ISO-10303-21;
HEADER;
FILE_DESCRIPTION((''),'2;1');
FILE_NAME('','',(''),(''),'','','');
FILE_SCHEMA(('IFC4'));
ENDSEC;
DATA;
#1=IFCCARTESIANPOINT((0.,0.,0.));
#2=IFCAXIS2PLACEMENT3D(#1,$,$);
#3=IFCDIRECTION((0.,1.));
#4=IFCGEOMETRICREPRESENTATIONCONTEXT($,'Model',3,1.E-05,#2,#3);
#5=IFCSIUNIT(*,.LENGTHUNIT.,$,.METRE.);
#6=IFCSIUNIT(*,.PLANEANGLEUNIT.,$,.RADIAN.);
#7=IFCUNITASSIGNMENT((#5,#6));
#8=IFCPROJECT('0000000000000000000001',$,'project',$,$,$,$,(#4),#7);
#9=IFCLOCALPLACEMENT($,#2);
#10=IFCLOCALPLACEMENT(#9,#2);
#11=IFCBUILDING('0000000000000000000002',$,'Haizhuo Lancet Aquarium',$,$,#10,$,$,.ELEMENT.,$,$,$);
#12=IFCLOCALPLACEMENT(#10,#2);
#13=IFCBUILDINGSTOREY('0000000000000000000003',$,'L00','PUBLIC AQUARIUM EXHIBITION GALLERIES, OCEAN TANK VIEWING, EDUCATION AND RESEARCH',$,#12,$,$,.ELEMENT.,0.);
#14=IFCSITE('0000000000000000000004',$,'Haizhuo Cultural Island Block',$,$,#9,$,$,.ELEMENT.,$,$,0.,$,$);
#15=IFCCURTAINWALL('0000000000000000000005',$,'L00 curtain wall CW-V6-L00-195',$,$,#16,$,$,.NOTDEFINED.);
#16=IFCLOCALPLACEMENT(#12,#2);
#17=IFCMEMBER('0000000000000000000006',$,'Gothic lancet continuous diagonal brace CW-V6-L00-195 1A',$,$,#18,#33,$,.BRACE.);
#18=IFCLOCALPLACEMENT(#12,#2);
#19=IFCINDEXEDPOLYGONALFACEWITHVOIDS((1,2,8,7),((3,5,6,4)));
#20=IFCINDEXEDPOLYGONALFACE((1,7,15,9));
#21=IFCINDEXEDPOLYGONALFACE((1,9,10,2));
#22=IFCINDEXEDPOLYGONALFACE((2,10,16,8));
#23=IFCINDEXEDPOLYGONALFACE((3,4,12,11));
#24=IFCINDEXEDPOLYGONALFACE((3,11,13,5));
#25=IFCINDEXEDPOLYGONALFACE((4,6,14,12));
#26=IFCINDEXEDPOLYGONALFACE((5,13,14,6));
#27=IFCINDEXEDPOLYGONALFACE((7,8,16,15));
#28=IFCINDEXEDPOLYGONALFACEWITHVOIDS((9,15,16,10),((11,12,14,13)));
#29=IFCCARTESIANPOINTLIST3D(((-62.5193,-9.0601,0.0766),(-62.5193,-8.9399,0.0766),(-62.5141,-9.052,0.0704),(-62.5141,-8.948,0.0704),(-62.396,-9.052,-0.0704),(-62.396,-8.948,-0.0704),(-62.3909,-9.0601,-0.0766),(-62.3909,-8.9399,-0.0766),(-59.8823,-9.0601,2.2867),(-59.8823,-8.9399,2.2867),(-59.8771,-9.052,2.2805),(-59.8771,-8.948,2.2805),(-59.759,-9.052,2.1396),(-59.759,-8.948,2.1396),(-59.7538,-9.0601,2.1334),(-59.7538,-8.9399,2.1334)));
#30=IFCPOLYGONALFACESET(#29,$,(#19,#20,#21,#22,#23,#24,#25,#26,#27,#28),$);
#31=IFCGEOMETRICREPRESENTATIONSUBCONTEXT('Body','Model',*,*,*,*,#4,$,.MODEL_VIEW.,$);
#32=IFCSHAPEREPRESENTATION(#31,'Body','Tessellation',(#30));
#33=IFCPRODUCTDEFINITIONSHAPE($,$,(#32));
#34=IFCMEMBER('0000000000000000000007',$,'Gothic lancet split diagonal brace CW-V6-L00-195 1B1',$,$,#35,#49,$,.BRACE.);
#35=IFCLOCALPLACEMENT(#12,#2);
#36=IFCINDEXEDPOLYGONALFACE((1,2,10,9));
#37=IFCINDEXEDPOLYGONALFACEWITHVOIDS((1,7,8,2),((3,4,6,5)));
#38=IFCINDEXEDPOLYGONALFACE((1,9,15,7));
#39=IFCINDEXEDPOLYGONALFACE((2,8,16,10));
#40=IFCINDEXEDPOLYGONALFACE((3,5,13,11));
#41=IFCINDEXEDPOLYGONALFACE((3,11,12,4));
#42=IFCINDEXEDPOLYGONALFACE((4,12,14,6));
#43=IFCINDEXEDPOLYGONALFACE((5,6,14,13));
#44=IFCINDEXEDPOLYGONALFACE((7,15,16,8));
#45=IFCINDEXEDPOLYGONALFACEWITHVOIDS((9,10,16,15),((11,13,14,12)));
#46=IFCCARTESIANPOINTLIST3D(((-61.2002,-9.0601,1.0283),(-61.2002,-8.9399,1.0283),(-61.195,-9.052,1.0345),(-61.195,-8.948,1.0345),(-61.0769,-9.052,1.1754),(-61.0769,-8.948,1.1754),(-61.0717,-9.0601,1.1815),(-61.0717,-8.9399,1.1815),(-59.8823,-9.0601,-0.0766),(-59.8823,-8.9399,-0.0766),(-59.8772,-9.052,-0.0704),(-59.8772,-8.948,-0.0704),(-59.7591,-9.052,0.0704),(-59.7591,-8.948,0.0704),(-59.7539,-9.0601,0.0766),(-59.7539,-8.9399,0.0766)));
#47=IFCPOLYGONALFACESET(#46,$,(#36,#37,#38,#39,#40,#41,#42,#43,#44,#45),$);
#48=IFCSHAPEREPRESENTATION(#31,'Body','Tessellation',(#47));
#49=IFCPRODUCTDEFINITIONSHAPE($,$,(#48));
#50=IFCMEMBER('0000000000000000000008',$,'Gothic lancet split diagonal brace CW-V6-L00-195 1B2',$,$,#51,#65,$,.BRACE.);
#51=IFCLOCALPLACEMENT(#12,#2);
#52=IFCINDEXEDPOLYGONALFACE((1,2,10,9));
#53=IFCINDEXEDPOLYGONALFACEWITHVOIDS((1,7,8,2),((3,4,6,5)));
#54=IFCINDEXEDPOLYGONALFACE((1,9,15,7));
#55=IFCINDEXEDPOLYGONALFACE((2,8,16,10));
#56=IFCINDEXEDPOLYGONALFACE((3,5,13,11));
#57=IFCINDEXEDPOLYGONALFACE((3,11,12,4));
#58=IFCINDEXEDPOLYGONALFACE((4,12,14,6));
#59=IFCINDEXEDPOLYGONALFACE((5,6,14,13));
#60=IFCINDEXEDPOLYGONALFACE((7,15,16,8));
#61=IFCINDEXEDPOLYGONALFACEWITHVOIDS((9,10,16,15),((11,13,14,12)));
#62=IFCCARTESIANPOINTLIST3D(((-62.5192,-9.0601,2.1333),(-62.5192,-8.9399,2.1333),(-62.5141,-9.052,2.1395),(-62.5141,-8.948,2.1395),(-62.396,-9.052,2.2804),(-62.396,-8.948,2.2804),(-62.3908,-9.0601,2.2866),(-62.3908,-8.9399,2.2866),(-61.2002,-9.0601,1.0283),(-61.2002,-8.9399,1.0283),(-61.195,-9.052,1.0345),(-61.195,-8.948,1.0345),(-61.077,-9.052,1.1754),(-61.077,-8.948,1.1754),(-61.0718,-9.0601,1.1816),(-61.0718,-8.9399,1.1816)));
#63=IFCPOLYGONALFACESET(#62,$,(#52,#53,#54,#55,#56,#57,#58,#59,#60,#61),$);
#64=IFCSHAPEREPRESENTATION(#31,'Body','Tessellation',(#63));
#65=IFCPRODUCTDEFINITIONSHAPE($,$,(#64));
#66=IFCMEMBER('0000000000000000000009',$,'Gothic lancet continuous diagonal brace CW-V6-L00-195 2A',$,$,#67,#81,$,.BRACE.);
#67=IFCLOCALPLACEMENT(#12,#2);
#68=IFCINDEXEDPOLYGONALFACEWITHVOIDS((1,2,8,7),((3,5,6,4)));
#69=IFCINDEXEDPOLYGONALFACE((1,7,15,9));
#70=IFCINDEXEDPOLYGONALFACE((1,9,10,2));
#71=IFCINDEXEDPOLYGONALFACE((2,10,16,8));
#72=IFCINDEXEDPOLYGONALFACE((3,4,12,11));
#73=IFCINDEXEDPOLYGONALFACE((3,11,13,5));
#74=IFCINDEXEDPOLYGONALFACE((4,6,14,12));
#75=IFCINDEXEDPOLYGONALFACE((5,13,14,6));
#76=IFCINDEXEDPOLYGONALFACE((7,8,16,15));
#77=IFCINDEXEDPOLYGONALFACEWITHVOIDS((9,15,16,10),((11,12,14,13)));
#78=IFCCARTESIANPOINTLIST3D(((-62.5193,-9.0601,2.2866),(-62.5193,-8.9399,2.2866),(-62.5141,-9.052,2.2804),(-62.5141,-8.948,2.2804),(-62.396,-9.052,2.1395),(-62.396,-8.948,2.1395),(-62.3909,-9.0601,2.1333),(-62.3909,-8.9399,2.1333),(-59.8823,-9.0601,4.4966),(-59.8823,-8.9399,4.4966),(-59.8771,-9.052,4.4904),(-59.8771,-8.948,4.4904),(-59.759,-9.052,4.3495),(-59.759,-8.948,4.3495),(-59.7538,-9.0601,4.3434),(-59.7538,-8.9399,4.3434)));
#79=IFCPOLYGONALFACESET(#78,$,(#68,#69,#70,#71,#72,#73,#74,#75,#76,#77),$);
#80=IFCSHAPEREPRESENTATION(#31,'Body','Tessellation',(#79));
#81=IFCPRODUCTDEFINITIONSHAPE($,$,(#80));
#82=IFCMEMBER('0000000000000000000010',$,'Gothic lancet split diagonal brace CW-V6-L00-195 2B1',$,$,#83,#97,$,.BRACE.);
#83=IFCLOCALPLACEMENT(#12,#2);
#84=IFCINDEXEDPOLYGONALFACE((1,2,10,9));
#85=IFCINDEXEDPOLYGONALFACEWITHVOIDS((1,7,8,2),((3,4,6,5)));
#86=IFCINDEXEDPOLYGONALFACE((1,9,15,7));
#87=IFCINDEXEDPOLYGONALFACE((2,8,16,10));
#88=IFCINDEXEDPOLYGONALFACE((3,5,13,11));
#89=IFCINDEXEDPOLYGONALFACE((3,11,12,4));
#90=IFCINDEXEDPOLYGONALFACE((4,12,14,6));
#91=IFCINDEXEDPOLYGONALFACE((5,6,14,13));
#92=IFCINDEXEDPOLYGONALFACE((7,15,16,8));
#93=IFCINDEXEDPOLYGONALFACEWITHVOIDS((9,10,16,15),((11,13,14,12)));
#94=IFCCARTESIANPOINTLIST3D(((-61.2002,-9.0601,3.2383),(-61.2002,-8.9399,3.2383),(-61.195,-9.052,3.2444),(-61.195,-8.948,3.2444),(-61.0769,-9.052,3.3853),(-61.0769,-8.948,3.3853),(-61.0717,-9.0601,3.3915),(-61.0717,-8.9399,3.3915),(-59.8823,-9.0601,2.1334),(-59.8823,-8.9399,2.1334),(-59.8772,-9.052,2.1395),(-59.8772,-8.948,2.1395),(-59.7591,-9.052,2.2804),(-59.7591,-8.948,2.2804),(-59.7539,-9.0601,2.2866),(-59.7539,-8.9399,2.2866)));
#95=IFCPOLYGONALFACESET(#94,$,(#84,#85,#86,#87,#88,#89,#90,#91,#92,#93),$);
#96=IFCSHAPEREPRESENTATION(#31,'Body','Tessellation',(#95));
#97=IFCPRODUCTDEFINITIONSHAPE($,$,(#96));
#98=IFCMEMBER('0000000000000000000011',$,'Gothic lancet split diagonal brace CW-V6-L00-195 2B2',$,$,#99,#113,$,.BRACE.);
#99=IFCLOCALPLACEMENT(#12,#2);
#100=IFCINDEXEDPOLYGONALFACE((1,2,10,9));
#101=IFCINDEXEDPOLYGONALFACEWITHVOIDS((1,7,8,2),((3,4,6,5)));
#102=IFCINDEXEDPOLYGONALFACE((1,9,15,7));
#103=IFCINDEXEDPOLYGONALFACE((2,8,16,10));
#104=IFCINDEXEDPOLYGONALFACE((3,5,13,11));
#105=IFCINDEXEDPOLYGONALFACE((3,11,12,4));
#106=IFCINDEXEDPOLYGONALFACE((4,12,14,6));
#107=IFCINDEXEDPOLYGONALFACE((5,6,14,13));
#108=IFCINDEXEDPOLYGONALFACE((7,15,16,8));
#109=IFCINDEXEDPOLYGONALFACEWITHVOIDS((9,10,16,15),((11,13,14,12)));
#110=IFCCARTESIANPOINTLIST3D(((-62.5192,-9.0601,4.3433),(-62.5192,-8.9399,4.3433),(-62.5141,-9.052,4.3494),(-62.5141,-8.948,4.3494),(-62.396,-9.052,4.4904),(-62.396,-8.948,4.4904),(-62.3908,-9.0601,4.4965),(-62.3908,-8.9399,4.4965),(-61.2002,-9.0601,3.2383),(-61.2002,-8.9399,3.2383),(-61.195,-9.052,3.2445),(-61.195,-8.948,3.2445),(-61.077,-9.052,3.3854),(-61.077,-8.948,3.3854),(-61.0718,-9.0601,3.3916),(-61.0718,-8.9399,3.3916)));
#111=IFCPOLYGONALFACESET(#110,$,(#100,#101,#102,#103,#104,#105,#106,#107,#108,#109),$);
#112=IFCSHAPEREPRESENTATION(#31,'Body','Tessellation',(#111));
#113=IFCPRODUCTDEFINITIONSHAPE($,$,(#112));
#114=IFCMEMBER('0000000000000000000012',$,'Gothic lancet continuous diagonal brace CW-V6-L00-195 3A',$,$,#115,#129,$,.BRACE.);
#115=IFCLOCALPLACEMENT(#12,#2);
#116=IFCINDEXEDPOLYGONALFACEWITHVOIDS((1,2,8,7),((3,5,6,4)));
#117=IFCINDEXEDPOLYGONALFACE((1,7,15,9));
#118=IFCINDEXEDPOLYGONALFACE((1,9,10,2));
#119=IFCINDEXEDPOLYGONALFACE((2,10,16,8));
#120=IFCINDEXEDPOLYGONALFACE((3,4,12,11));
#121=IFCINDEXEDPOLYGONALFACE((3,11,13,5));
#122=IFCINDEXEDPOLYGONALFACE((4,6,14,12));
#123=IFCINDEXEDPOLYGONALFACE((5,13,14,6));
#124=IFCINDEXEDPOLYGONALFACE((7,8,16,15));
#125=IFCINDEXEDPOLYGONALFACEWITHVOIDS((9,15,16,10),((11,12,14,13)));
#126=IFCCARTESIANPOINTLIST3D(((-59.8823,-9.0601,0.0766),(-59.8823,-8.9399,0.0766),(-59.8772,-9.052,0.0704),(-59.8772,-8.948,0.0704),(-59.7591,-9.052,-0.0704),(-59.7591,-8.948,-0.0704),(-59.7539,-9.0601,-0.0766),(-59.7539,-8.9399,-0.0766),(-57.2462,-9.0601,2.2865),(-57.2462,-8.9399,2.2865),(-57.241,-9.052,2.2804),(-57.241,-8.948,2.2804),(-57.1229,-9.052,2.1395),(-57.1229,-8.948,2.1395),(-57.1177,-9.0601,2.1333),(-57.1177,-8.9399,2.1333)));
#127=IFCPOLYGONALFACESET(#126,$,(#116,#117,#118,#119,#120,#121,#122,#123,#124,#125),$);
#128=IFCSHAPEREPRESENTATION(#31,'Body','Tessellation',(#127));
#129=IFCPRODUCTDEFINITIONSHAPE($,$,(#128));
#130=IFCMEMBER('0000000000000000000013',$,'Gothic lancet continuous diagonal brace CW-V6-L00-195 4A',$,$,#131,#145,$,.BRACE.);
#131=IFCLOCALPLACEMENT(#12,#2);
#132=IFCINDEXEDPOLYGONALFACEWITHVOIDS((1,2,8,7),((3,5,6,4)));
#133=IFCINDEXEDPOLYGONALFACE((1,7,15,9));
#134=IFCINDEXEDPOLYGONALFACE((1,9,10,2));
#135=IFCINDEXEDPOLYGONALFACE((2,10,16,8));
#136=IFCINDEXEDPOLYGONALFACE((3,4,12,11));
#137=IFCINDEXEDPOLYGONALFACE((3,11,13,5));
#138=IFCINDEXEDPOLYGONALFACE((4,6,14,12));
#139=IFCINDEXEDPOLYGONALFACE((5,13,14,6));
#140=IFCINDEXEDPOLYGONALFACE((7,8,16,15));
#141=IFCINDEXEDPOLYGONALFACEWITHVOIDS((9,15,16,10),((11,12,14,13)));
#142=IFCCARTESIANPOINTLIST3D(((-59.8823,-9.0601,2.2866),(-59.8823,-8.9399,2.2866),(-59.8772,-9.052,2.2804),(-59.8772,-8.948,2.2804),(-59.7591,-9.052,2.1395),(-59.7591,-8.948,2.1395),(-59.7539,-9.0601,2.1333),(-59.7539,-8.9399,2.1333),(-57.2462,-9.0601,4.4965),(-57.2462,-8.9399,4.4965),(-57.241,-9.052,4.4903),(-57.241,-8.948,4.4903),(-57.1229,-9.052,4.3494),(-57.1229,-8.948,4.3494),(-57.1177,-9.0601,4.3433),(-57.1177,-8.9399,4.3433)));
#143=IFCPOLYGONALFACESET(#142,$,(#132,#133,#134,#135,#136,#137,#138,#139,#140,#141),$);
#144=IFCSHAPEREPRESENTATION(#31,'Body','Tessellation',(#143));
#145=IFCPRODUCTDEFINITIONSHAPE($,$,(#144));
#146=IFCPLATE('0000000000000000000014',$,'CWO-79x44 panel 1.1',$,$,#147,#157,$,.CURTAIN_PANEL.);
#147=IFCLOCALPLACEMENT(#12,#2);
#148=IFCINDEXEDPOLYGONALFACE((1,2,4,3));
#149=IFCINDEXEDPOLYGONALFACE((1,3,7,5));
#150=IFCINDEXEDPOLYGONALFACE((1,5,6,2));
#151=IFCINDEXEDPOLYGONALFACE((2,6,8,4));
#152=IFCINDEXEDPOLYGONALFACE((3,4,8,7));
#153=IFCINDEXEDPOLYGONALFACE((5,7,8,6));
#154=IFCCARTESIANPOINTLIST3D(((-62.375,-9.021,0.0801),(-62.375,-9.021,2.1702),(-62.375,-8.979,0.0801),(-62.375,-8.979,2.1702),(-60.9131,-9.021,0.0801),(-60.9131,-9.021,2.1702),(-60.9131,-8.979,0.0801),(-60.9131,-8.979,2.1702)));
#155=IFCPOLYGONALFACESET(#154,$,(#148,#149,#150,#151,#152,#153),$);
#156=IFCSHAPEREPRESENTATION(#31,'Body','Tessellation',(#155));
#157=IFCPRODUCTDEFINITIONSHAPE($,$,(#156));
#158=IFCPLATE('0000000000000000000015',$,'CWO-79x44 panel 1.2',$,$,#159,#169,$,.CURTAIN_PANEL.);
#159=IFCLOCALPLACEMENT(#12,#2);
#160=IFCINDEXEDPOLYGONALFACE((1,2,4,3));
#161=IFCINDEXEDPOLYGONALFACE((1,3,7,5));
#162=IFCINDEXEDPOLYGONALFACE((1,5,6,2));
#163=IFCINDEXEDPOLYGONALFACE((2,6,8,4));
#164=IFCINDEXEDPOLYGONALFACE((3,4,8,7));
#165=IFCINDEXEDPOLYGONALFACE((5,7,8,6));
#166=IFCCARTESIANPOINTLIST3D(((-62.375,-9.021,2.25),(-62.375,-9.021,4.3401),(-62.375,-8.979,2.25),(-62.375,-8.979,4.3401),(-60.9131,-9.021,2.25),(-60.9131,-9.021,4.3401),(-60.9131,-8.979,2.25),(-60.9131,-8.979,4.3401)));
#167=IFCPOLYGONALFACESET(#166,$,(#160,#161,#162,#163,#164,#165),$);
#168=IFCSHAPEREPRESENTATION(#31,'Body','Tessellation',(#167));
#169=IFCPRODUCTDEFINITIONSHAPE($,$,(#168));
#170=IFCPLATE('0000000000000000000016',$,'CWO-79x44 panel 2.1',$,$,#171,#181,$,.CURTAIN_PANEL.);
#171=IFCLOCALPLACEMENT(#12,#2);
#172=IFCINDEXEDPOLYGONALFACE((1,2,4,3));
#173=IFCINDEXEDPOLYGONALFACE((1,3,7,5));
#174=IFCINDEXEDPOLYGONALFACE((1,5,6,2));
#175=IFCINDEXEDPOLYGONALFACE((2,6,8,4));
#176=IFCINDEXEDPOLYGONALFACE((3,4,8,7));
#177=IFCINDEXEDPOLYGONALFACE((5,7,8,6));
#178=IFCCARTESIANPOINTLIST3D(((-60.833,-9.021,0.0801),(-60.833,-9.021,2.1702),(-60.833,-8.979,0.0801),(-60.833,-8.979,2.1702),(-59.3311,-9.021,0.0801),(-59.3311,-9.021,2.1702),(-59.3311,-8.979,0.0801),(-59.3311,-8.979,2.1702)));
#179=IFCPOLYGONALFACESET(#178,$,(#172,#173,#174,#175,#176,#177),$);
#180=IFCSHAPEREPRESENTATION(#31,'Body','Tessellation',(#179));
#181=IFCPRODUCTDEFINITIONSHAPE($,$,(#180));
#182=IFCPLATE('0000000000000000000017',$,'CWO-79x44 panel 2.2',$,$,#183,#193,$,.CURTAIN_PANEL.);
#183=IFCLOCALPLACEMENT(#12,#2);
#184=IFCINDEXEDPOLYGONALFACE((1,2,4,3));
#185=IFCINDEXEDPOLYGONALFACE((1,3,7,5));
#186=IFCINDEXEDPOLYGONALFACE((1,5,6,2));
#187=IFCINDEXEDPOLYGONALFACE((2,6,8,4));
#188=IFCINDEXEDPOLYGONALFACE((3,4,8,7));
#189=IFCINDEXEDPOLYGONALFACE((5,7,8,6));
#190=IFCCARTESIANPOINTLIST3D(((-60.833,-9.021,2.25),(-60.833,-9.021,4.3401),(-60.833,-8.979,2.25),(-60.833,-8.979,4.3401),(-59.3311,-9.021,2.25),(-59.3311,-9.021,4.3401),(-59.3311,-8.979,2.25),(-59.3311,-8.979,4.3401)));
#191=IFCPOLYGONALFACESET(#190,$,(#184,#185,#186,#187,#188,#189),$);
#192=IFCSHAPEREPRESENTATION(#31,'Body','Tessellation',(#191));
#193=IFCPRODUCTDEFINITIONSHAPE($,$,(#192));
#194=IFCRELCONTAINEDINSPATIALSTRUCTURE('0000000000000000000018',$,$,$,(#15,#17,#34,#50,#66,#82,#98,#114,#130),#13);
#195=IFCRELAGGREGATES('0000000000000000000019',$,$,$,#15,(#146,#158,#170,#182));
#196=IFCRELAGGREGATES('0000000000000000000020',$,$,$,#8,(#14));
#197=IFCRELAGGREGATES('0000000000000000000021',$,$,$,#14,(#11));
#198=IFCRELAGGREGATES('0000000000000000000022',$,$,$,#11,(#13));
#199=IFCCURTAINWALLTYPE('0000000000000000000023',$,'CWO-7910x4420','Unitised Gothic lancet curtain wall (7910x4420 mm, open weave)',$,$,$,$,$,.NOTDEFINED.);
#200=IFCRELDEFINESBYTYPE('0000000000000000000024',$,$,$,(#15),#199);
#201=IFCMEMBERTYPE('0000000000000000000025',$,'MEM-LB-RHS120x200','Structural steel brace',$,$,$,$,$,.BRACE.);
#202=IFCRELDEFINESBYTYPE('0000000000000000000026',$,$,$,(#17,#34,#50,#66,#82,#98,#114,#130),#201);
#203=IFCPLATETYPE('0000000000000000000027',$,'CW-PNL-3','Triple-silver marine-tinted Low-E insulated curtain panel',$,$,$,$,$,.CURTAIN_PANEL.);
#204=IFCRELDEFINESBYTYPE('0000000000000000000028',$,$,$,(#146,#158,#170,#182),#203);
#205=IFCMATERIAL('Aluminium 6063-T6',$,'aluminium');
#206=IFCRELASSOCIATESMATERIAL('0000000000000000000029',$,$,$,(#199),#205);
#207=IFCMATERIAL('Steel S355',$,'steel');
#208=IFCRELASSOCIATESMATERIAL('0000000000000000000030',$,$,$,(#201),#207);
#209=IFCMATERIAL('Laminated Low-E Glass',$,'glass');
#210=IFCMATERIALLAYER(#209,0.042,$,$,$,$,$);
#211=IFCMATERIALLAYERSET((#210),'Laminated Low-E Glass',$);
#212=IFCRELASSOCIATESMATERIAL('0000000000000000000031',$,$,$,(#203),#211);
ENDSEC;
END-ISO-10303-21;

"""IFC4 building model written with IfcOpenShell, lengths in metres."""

from ifc_helpers import new_model, si_unit, direction, frame, origin, origin_2d, place, context, subcontext, project, spatial, rectangle, hollow_rectangle, extrude, material, layer, layer_set, material_profile, profile_set, type_object, element, aggregate, save


model = new_model("IFC4")

# Units and contexts
model_context = context("Model", 3, precision=1e-05, world=origin(), true_north=direction((0.0, 1.0)))
body_context = subcontext(model_context, "Body", "Model", "MODEL_VIEW")
ifc_project = project(units=[si_unit("LENGTHUNIT", "METRE"), si_unit("PLANEANGLEUNIT", "RADIAN")], contexts=[model_context])

# Site, building, storey
site_placement = place(None, origin())
site = spatial("IfcSite", under=ifc_project, at=site_placement, Name="Haizhuo Cultural Island Block", CompositionType="ELEMENT", RefElevation=0.0)
building_placement = place(site_placement, origin())
building = spatial("IfcBuilding", under=site, at=building_placement, Name="Haizhuo Lancet Aquarium", CompositionType="ELEMENT")
storey_placement = place(building_placement, origin())
storey = spatial("IfcBuildingStorey", under=building, at=storey_placement, Name="L00", Description="PUBLIC AQUARIUM EXHIBITION GALLERIES, OCEAN TANK VIEWING, EDUCATION AND RESEARCH", CompositionType="ELEMENT", Elevation=0.0)

# Shared definitions
ifc_material_1 = material(Name="Steel S355", Category="steel")

# Curtain wall
ifc_material_2 = material(Name="Aluminium 6063-T6", Category="aluminium")
curtain_wall_type = type_object("IfcCurtainWallType", Name="CWO-7910x4420", Description="Unitised Gothic lancet curtain wall (7910x4420 mm, open weave)", PredefinedType="NOTDEFINED", material=ifc_material_2)
curtain_wall_placement = place(storey_placement, origin())
curtain_wall = element("IfcCurtainWall", 1, at=curtain_wall_placement, inside=storey, type_object=curtain_wall_type, Name="L00 curtain wall CW-V6-L00-195", PredefinedType="NOTDEFINED")

# Members
ifc_material_profile_1 = material_profile(ifc_material_1, hollow_rectangle(XDim=0.1201, YDim=0.2, WallThickness=0.0081, at=origin_2d()), Name="RHS 120x200x8")
ifc_profile_set_1 = profile_set([ifc_material_profile_1], Name="Steel S355")
member_type_1 = type_object("IfcMemberType", Name="MEM-LB-RHS120x200", Description="Structural steel brace", PredefinedType="BRACE", material=ifc_profile_set_1)
member_1_placement = place(storey_placement, frame((-62.4551, -9.0, 0.0), z_axis=(0.766433, 0.0, 0.642325), x_axis=(0.0, 1.0, 0.0)))
element("IfcMember", 2, at=member_1_placement, inside=storey, type_object=member_type_1, Name="Gothic lancet continuous diagonal brace CW-V6-L00-195 1A", PredefinedType="BRACE", context=body_context, shape_type="SweptSolid", body=[
    extrude(hollow_rectangle(XDim=0.1201, YDim=0.2, WallThickness=0.0081, at=origin_2d()), origin(), (0.0, 0.0, 1.0), 3.4407),
])
member_2_placement = place(storey_placement, frame((-59.8181, -9.0, 0.0), z_axis=(-0.766286, 0.0, 0.642499), x_axis=(0.0, -1.0, 0.0)))
element("IfcMember", 3, at=member_2_placement, inside=storey, type_object=member_type_1, Name="Gothic lancet split diagonal brace CW-V6-L00-195 1B1", PredefinedType="BRACE", context=body_context, shape_type="SweptSolid", body=[
    extrude(hollow_rectangle(XDim=0.1201, YDim=0.2, WallThickness=0.0081, at=origin_2d()), origin(), (0.0, 0.0, 1.0), 1.7197),
])
member_3_placement = place(storey_placement, frame((-61.136, -9.0, 1.105), z_axis=(-0.766579, 0.0, 0.64215), x_axis=(0.0, -1.0, 0.0)))
element("IfcMember", 4, at=member_3_placement, inside=storey, type_object=member_type_1, Name="Gothic lancet split diagonal brace CW-V6-L00-195 1B2", PredefinedType="BRACE", context=body_context, shape_type="SweptSolid", body=[
    extrude(hollow_rectangle(XDim=0.1201, YDim=0.2, WallThickness=0.0081, at=origin_2d()), origin(), (0.0, 0.0, 1.0), 1.7207),
])
member_4_placement = place(storey_placement, frame((-62.4551, -9.0, 2.21), z_axis=(0.766433, 0.0, 0.642325), x_axis=(0.0, 1.0, 0.0)))
element("IfcMember", 5, at=member_4_placement, inside=storey, type_object=member_type_1, Name="Gothic lancet continuous diagonal brace CW-V6-L00-195 2A", PredefinedType="BRACE", context=body_context, shape_type="SweptSolid", body=[
    extrude(hollow_rectangle(XDim=0.1201, YDim=0.2, WallThickness=0.0081, at=origin_2d()), origin(), (0.0, 0.0, 1.0), 3.4407),
])
member_5_placement = place(storey_placement, frame((-59.8181, -9.0, 2.21), z_axis=(-0.766286, 0.0, 0.642499), x_axis=(0.0, -1.0, 0.0)))
element("IfcMember", 6, at=member_5_placement, inside=storey, type_object=member_type_1, Name="Gothic lancet split diagonal brace CW-V6-L00-195 2B1", PredefinedType="BRACE", context=body_context, shape_type="SweptSolid", body=[
    extrude(hollow_rectangle(XDim=0.1201, YDim=0.2, WallThickness=0.0081, at=origin_2d()), origin(), (0.0, 0.0, 1.0), 1.7197),
])
member_6_placement = place(storey_placement, frame((-61.136, -9.0, 3.3149), z_axis=(-0.766579, 0.0, 0.64215), x_axis=(0.0, -1.0, 0.0)))
element("IfcMember", 7, at=member_6_placement, inside=storey, type_object=member_type_1, Name="Gothic lancet split diagonal brace CW-V6-L00-195 2B2", PredefinedType="BRACE", context=body_context, shape_type="SweptSolid", body=[
    extrude(hollow_rectangle(XDim=0.1201, YDim=0.2, WallThickness=0.0081, at=origin_2d()), origin(), (0.0, 0.0, 1.0), 1.7207),
])
for number, where, z_axis, x_axis, name in (
    (8, (-59.8181, -9.0, 0.0), (0.766345, 0.0, 0.642429), (0.0, 1.0, 0.0), "Gothic lancet continuous diagonal brace CW-V6-L00-195 3A"),
    (9, (-59.8181, -9.0, 2.21), (0.766345, 0.0, 0.642429), (0.0, 1.0, 0.0), "Gothic lancet continuous diagonal brace CW-V6-L00-195 4A"),
):
    element("IfcMember", number, at=place(storey_placement, frame(where, z_axis=z_axis, x_axis=x_axis)), inside=storey, type_object=member_type_1, Name=name, PredefinedType="BRACE", context=body_context, shape_type="SweptSolid", body=[
        extrude(hollow_rectangle(XDim=0.1201, YDim=0.2, WallThickness=0.0081, at=origin_2d()), origin(), (0.0, 0.0, 1.0), 3.4399),
    ])

# Plates
ifc_material_3 = material(Name="Laminated Low-E Glass", Category="glass")
ifc_layer_1 = layer(ifc_material_3, 0.042)
ifc_layer_set_1 = layer_set([ifc_layer_1], Name="Laminated Low-E Glass")
plate_type = type_object("IfcPlateType", Name="CW-PNL-3", Description="Triple-silver marine-tinted Low-E insulated curtain panel", PredefinedType="CURTAIN_PANEL", material=ifc_layer_set_1)
plate_1_placement = place(storey_placement, frame((-61.644, -9.0, 0.0801), z_axis=(0.0, 0.0, 1.0), x_axis=(1.0, 0.0, 0.0)))
plate_1 = element("IfcPlate", 10, at=plate_1_placement, type_object=plate_type, Name="CWO-79x44 panel 1.1", PredefinedType="CURTAIN_PANEL", context=body_context, shape_type="SweptSolid", body=[
    extrude(rectangle(XDim=1.4619, YDim=0.042, at=origin_2d()), origin(), (0.0, 0.0, 1.0), 2.0901),
])
plate_2_placement = place(storey_placement, frame((-61.644, -9.0, 2.25), z_axis=(0.0, 0.0, 1.0), x_axis=(1.0, 0.0, 0.0)))
plate_2 = element("IfcPlate", 11, at=plate_2_placement, type_object=plate_type, Name="CWO-79x44 panel 1.2", PredefinedType="CURTAIN_PANEL", context=body_context, shape_type="SweptSolid", body=[
    extrude(rectangle(XDim=1.4619, YDim=0.042, at=origin_2d()), origin(), (0.0, 0.0, 1.0), 2.0901),
])
plate_3_placement = place(storey_placement, frame((-60.082, -9.0, 0.0801), z_axis=(0.0, 0.0, 1.0), x_axis=(1.0, 0.0, 0.0)))
plate_3 = element("IfcPlate", 12, at=plate_3_placement, type_object=plate_type, Name="CWO-79x44 panel 2.1", PredefinedType="CURTAIN_PANEL", context=body_context, shape_type="SweptSolid", body=[
    extrude(rectangle(XDim=1.502, YDim=0.042, at=origin_2d()), origin(), (0.0, 0.0, 1.0), 2.0901),
])
plate_4_placement = place(storey_placement, frame((-60.082, -9.0, 2.25), z_axis=(0.0, 0.0, 1.0), x_axis=(1.0, 0.0, 0.0)))
plate_4 = element("IfcPlate", 13, at=plate_4_placement, type_object=plate_type, Name="CWO-79x44 panel 2.2", PredefinedType="CURTAIN_PANEL", context=body_context, shape_type="SweptSolid", body=[
    extrude(rectangle(XDim=1.502, YDim=0.042, at=origin_2d()), origin(), (0.0, 0.0, 1.0), 2.0901),
])
aggregate(curtain_wall, [plate_1, plate_2, plate_3, plate_4])

save(model, "model.ifc")
